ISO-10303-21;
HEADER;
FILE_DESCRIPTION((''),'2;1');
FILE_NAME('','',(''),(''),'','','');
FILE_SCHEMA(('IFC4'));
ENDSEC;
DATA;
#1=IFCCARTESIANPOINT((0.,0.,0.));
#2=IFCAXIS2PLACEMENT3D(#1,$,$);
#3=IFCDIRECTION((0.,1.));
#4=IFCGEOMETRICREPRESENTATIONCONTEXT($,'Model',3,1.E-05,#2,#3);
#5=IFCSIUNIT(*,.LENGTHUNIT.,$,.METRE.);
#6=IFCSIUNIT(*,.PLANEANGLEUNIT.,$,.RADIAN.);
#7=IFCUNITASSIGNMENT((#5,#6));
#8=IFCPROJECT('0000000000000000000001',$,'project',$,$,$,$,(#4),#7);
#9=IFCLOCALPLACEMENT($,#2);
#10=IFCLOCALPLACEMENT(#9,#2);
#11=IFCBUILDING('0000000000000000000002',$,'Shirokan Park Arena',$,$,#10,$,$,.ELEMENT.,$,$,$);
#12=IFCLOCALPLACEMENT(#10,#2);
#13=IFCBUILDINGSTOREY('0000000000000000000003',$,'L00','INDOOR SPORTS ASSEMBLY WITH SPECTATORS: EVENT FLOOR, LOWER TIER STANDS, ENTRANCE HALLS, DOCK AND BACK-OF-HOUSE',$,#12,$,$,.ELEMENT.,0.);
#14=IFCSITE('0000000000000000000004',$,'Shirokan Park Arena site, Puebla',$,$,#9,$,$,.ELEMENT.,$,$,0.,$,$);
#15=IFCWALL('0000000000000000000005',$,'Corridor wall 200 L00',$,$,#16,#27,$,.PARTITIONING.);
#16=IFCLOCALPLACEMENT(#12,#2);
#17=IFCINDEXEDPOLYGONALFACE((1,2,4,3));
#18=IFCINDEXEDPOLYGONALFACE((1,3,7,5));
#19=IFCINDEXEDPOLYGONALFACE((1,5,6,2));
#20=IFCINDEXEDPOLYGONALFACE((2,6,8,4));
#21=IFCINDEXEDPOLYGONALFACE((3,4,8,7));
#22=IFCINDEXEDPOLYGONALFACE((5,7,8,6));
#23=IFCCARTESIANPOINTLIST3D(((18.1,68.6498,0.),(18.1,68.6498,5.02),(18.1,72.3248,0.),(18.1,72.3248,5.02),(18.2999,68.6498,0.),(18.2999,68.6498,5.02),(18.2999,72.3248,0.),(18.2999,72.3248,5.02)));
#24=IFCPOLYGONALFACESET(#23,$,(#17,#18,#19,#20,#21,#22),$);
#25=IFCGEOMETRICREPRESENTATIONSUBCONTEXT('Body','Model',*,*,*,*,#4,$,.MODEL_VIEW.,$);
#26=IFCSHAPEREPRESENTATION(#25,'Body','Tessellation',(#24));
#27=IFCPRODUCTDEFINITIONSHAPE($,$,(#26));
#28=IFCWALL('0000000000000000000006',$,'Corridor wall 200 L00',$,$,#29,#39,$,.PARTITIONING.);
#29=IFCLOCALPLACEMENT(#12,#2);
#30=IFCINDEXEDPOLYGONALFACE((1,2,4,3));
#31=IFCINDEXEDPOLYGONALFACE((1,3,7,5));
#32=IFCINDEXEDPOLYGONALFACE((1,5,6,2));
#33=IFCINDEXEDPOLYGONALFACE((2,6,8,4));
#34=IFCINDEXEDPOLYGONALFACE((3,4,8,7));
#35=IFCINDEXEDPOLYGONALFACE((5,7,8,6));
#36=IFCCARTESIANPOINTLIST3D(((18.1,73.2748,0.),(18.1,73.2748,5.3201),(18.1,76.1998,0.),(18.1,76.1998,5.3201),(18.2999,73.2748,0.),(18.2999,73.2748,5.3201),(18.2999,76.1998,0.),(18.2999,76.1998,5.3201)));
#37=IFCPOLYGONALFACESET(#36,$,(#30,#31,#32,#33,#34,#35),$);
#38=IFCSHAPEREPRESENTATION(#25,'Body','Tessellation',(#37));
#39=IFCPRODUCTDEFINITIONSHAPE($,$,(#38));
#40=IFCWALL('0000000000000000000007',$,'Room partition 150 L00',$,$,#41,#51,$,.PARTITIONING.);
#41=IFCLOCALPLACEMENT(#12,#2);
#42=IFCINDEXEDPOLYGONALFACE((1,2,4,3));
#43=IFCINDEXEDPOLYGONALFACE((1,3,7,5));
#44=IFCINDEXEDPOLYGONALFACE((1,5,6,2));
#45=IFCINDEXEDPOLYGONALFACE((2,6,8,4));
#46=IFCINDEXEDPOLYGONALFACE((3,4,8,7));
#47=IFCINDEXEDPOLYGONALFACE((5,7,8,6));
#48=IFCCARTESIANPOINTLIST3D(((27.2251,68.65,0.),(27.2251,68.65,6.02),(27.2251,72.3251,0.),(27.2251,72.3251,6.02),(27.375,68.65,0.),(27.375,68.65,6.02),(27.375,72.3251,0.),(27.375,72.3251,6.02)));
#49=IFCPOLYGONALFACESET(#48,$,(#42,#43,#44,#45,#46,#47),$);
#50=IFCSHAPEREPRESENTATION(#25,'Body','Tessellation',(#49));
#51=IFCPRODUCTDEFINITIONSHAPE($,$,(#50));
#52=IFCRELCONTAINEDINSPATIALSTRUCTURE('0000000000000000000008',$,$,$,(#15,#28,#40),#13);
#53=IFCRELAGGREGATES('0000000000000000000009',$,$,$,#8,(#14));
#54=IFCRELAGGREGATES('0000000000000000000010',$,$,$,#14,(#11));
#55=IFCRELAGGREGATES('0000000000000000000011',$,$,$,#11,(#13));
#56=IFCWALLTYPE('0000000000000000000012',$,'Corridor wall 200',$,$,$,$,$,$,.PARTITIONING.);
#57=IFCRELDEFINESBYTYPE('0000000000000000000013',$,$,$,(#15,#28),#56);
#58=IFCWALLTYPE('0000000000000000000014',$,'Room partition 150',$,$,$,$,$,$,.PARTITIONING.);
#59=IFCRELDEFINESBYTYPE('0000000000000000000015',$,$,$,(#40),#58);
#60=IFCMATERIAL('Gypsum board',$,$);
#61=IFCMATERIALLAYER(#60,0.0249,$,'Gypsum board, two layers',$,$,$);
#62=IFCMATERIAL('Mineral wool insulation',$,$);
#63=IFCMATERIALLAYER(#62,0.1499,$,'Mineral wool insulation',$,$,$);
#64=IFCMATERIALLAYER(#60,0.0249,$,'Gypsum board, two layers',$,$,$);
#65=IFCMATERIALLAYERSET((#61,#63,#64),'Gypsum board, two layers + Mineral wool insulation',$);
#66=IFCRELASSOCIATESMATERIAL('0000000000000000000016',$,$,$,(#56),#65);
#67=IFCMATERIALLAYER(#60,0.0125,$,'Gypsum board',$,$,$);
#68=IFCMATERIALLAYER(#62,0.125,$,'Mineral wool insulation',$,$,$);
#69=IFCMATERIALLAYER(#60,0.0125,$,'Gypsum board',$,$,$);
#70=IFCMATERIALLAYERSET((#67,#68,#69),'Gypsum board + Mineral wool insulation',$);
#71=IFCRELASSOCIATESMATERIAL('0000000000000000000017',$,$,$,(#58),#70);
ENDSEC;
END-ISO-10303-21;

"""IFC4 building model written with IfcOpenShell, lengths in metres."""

from ifc_helpers import new_model, si_unit, direction, frame, frame_2d, origin, place, context, subcontext, project, spatial, rectangle, extrude, material, layer, layer_set, type_object, element, save


model = new_model("IFC4")

# Units and contexts
model_context = context("Model", 3, precision=1e-05, world=origin(), true_north=direction((0.0, 1.0)))
body_context = subcontext(model_context, "Body", "Model", "MODEL_VIEW")
ifc_project = project(units=[si_unit("LENGTHUNIT", "METRE"), si_unit("PLANEANGLEUNIT", "RADIAN")], contexts=[model_context])

# Site, building, storey
site_placement = place(None, origin())
site = spatial("IfcSite", under=ifc_project, at=site_placement, Name="Shirokan Park Arena site, Puebla", CompositionType="ELEMENT", RefElevation=0.0)
building_placement = place(site_placement, origin())
building = spatial("IfcBuilding", under=site, at=building_placement, Name="Shirokan Park Arena", CompositionType="ELEMENT")
storey_placement = place(building_placement, origin())
storey = spatial("IfcBuildingStorey", under=building, at=storey_placement, Name="L00", Description="INDOOR SPORTS ASSEMBLY WITH SPECTATORS: EVENT FLOOR, LOWER TIER STANDS, ENTRANCE HALLS, DOCK AND BACK-OF-HOUSE", CompositionType="ELEMENT", Elevation=0.0)

# Walls
ifc_material_1 = material(Name="Gypsum board")
ifc_layer_1 = layer(ifc_material_1, 0.0249, Name="Gypsum board, two layers")
ifc_material_2 = material(Name="Mineral wool insulation")
ifc_layer_2 = layer(ifc_material_2, 0.1499, Name="Mineral wool insulation")
ifc_layer_3 = layer(ifc_material_1, 0.0249, Name="Gypsum board, two layers")
ifc_layer_set_1 = layer_set([ifc_layer_1, ifc_layer_2, ifc_layer_3], Name="Gypsum board, two layers + Mineral wool insulation")
wall_type_1 = type_object("IfcWallType", Name="Corridor wall 200", PredefinedType="PARTITIONING", material=ifc_layer_set_1)
wall_1_placement = place(storey_placement, frame((18.2, 68.6499, 0.0), z_axis=(0.0, 0.0, 1.0), x_axis=(0.0, 1.0, 0.0)))
element("IfcWall", 1, at=wall_1_placement, inside=storey, type_object=wall_type_1, Name="Corridor wall 200 L00", PredefinedType="PARTITIONING", context=body_context, shape_type="SweptSolid", body=[
    extrude(rectangle(XDim=3.675, YDim=0.2, at=frame_2d((1.8374, 0.0))), origin(), (0.0, 0.0, 1.0), 5.02),
])
wall_2_placement = place(storey_placement, frame((18.2, 73.2749, 0.0), z_axis=(0.0, 0.0, 1.0), x_axis=(0.0, 1.0, 0.0)))
element("IfcWall", 2, at=wall_2_placement, inside=storey, type_object=wall_type_1, Name="Corridor wall 200 L00", PredefinedType="PARTITIONING", context=body_context, shape_type="SweptSolid", body=[
    extrude(rectangle(XDim=2.925, YDim=0.2, at=frame_2d((1.4624, 0.0))), origin(), (0.0, 0.0, 1.0), 5.3201),
])

# Wall
ifc_layer_4 = layer(ifc_material_1, 0.0125, Name="Gypsum board")
ifc_layer_5 = layer(ifc_material_2, 0.125, Name="Mineral wool insulation")
ifc_layer_6 = layer(ifc_material_1, 0.0125, Name="Gypsum board")
ifc_layer_set_2 = layer_set([ifc_layer_4, ifc_layer_5, ifc_layer_6], Name="Gypsum board + Mineral wool insulation")
wall_type_2 = type_object("IfcWallType", Name="Room partition 150", PredefinedType="PARTITIONING", material=ifc_layer_set_2)
wall_3_placement = place(storey_placement, frame((27.3, 72.325, 0.0), z_axis=(0.0, 0.0, 1.0), x_axis=(0.0, -1.0, 0.0)))
element("IfcWall", 3, at=wall_3_placement, inside=storey, type_object=wall_type_2, Name="Room partition 150 L00", PredefinedType="PARTITIONING", context=body_context, shape_type="SweptSolid", body=[
    extrude(rectangle(XDim=3.675, YDim=0.1499, at=frame_2d((1.8374, 0.0))), origin(), (0.0, 0.0, 1.0), 6.02),
])

save(model, "model.ifc")
